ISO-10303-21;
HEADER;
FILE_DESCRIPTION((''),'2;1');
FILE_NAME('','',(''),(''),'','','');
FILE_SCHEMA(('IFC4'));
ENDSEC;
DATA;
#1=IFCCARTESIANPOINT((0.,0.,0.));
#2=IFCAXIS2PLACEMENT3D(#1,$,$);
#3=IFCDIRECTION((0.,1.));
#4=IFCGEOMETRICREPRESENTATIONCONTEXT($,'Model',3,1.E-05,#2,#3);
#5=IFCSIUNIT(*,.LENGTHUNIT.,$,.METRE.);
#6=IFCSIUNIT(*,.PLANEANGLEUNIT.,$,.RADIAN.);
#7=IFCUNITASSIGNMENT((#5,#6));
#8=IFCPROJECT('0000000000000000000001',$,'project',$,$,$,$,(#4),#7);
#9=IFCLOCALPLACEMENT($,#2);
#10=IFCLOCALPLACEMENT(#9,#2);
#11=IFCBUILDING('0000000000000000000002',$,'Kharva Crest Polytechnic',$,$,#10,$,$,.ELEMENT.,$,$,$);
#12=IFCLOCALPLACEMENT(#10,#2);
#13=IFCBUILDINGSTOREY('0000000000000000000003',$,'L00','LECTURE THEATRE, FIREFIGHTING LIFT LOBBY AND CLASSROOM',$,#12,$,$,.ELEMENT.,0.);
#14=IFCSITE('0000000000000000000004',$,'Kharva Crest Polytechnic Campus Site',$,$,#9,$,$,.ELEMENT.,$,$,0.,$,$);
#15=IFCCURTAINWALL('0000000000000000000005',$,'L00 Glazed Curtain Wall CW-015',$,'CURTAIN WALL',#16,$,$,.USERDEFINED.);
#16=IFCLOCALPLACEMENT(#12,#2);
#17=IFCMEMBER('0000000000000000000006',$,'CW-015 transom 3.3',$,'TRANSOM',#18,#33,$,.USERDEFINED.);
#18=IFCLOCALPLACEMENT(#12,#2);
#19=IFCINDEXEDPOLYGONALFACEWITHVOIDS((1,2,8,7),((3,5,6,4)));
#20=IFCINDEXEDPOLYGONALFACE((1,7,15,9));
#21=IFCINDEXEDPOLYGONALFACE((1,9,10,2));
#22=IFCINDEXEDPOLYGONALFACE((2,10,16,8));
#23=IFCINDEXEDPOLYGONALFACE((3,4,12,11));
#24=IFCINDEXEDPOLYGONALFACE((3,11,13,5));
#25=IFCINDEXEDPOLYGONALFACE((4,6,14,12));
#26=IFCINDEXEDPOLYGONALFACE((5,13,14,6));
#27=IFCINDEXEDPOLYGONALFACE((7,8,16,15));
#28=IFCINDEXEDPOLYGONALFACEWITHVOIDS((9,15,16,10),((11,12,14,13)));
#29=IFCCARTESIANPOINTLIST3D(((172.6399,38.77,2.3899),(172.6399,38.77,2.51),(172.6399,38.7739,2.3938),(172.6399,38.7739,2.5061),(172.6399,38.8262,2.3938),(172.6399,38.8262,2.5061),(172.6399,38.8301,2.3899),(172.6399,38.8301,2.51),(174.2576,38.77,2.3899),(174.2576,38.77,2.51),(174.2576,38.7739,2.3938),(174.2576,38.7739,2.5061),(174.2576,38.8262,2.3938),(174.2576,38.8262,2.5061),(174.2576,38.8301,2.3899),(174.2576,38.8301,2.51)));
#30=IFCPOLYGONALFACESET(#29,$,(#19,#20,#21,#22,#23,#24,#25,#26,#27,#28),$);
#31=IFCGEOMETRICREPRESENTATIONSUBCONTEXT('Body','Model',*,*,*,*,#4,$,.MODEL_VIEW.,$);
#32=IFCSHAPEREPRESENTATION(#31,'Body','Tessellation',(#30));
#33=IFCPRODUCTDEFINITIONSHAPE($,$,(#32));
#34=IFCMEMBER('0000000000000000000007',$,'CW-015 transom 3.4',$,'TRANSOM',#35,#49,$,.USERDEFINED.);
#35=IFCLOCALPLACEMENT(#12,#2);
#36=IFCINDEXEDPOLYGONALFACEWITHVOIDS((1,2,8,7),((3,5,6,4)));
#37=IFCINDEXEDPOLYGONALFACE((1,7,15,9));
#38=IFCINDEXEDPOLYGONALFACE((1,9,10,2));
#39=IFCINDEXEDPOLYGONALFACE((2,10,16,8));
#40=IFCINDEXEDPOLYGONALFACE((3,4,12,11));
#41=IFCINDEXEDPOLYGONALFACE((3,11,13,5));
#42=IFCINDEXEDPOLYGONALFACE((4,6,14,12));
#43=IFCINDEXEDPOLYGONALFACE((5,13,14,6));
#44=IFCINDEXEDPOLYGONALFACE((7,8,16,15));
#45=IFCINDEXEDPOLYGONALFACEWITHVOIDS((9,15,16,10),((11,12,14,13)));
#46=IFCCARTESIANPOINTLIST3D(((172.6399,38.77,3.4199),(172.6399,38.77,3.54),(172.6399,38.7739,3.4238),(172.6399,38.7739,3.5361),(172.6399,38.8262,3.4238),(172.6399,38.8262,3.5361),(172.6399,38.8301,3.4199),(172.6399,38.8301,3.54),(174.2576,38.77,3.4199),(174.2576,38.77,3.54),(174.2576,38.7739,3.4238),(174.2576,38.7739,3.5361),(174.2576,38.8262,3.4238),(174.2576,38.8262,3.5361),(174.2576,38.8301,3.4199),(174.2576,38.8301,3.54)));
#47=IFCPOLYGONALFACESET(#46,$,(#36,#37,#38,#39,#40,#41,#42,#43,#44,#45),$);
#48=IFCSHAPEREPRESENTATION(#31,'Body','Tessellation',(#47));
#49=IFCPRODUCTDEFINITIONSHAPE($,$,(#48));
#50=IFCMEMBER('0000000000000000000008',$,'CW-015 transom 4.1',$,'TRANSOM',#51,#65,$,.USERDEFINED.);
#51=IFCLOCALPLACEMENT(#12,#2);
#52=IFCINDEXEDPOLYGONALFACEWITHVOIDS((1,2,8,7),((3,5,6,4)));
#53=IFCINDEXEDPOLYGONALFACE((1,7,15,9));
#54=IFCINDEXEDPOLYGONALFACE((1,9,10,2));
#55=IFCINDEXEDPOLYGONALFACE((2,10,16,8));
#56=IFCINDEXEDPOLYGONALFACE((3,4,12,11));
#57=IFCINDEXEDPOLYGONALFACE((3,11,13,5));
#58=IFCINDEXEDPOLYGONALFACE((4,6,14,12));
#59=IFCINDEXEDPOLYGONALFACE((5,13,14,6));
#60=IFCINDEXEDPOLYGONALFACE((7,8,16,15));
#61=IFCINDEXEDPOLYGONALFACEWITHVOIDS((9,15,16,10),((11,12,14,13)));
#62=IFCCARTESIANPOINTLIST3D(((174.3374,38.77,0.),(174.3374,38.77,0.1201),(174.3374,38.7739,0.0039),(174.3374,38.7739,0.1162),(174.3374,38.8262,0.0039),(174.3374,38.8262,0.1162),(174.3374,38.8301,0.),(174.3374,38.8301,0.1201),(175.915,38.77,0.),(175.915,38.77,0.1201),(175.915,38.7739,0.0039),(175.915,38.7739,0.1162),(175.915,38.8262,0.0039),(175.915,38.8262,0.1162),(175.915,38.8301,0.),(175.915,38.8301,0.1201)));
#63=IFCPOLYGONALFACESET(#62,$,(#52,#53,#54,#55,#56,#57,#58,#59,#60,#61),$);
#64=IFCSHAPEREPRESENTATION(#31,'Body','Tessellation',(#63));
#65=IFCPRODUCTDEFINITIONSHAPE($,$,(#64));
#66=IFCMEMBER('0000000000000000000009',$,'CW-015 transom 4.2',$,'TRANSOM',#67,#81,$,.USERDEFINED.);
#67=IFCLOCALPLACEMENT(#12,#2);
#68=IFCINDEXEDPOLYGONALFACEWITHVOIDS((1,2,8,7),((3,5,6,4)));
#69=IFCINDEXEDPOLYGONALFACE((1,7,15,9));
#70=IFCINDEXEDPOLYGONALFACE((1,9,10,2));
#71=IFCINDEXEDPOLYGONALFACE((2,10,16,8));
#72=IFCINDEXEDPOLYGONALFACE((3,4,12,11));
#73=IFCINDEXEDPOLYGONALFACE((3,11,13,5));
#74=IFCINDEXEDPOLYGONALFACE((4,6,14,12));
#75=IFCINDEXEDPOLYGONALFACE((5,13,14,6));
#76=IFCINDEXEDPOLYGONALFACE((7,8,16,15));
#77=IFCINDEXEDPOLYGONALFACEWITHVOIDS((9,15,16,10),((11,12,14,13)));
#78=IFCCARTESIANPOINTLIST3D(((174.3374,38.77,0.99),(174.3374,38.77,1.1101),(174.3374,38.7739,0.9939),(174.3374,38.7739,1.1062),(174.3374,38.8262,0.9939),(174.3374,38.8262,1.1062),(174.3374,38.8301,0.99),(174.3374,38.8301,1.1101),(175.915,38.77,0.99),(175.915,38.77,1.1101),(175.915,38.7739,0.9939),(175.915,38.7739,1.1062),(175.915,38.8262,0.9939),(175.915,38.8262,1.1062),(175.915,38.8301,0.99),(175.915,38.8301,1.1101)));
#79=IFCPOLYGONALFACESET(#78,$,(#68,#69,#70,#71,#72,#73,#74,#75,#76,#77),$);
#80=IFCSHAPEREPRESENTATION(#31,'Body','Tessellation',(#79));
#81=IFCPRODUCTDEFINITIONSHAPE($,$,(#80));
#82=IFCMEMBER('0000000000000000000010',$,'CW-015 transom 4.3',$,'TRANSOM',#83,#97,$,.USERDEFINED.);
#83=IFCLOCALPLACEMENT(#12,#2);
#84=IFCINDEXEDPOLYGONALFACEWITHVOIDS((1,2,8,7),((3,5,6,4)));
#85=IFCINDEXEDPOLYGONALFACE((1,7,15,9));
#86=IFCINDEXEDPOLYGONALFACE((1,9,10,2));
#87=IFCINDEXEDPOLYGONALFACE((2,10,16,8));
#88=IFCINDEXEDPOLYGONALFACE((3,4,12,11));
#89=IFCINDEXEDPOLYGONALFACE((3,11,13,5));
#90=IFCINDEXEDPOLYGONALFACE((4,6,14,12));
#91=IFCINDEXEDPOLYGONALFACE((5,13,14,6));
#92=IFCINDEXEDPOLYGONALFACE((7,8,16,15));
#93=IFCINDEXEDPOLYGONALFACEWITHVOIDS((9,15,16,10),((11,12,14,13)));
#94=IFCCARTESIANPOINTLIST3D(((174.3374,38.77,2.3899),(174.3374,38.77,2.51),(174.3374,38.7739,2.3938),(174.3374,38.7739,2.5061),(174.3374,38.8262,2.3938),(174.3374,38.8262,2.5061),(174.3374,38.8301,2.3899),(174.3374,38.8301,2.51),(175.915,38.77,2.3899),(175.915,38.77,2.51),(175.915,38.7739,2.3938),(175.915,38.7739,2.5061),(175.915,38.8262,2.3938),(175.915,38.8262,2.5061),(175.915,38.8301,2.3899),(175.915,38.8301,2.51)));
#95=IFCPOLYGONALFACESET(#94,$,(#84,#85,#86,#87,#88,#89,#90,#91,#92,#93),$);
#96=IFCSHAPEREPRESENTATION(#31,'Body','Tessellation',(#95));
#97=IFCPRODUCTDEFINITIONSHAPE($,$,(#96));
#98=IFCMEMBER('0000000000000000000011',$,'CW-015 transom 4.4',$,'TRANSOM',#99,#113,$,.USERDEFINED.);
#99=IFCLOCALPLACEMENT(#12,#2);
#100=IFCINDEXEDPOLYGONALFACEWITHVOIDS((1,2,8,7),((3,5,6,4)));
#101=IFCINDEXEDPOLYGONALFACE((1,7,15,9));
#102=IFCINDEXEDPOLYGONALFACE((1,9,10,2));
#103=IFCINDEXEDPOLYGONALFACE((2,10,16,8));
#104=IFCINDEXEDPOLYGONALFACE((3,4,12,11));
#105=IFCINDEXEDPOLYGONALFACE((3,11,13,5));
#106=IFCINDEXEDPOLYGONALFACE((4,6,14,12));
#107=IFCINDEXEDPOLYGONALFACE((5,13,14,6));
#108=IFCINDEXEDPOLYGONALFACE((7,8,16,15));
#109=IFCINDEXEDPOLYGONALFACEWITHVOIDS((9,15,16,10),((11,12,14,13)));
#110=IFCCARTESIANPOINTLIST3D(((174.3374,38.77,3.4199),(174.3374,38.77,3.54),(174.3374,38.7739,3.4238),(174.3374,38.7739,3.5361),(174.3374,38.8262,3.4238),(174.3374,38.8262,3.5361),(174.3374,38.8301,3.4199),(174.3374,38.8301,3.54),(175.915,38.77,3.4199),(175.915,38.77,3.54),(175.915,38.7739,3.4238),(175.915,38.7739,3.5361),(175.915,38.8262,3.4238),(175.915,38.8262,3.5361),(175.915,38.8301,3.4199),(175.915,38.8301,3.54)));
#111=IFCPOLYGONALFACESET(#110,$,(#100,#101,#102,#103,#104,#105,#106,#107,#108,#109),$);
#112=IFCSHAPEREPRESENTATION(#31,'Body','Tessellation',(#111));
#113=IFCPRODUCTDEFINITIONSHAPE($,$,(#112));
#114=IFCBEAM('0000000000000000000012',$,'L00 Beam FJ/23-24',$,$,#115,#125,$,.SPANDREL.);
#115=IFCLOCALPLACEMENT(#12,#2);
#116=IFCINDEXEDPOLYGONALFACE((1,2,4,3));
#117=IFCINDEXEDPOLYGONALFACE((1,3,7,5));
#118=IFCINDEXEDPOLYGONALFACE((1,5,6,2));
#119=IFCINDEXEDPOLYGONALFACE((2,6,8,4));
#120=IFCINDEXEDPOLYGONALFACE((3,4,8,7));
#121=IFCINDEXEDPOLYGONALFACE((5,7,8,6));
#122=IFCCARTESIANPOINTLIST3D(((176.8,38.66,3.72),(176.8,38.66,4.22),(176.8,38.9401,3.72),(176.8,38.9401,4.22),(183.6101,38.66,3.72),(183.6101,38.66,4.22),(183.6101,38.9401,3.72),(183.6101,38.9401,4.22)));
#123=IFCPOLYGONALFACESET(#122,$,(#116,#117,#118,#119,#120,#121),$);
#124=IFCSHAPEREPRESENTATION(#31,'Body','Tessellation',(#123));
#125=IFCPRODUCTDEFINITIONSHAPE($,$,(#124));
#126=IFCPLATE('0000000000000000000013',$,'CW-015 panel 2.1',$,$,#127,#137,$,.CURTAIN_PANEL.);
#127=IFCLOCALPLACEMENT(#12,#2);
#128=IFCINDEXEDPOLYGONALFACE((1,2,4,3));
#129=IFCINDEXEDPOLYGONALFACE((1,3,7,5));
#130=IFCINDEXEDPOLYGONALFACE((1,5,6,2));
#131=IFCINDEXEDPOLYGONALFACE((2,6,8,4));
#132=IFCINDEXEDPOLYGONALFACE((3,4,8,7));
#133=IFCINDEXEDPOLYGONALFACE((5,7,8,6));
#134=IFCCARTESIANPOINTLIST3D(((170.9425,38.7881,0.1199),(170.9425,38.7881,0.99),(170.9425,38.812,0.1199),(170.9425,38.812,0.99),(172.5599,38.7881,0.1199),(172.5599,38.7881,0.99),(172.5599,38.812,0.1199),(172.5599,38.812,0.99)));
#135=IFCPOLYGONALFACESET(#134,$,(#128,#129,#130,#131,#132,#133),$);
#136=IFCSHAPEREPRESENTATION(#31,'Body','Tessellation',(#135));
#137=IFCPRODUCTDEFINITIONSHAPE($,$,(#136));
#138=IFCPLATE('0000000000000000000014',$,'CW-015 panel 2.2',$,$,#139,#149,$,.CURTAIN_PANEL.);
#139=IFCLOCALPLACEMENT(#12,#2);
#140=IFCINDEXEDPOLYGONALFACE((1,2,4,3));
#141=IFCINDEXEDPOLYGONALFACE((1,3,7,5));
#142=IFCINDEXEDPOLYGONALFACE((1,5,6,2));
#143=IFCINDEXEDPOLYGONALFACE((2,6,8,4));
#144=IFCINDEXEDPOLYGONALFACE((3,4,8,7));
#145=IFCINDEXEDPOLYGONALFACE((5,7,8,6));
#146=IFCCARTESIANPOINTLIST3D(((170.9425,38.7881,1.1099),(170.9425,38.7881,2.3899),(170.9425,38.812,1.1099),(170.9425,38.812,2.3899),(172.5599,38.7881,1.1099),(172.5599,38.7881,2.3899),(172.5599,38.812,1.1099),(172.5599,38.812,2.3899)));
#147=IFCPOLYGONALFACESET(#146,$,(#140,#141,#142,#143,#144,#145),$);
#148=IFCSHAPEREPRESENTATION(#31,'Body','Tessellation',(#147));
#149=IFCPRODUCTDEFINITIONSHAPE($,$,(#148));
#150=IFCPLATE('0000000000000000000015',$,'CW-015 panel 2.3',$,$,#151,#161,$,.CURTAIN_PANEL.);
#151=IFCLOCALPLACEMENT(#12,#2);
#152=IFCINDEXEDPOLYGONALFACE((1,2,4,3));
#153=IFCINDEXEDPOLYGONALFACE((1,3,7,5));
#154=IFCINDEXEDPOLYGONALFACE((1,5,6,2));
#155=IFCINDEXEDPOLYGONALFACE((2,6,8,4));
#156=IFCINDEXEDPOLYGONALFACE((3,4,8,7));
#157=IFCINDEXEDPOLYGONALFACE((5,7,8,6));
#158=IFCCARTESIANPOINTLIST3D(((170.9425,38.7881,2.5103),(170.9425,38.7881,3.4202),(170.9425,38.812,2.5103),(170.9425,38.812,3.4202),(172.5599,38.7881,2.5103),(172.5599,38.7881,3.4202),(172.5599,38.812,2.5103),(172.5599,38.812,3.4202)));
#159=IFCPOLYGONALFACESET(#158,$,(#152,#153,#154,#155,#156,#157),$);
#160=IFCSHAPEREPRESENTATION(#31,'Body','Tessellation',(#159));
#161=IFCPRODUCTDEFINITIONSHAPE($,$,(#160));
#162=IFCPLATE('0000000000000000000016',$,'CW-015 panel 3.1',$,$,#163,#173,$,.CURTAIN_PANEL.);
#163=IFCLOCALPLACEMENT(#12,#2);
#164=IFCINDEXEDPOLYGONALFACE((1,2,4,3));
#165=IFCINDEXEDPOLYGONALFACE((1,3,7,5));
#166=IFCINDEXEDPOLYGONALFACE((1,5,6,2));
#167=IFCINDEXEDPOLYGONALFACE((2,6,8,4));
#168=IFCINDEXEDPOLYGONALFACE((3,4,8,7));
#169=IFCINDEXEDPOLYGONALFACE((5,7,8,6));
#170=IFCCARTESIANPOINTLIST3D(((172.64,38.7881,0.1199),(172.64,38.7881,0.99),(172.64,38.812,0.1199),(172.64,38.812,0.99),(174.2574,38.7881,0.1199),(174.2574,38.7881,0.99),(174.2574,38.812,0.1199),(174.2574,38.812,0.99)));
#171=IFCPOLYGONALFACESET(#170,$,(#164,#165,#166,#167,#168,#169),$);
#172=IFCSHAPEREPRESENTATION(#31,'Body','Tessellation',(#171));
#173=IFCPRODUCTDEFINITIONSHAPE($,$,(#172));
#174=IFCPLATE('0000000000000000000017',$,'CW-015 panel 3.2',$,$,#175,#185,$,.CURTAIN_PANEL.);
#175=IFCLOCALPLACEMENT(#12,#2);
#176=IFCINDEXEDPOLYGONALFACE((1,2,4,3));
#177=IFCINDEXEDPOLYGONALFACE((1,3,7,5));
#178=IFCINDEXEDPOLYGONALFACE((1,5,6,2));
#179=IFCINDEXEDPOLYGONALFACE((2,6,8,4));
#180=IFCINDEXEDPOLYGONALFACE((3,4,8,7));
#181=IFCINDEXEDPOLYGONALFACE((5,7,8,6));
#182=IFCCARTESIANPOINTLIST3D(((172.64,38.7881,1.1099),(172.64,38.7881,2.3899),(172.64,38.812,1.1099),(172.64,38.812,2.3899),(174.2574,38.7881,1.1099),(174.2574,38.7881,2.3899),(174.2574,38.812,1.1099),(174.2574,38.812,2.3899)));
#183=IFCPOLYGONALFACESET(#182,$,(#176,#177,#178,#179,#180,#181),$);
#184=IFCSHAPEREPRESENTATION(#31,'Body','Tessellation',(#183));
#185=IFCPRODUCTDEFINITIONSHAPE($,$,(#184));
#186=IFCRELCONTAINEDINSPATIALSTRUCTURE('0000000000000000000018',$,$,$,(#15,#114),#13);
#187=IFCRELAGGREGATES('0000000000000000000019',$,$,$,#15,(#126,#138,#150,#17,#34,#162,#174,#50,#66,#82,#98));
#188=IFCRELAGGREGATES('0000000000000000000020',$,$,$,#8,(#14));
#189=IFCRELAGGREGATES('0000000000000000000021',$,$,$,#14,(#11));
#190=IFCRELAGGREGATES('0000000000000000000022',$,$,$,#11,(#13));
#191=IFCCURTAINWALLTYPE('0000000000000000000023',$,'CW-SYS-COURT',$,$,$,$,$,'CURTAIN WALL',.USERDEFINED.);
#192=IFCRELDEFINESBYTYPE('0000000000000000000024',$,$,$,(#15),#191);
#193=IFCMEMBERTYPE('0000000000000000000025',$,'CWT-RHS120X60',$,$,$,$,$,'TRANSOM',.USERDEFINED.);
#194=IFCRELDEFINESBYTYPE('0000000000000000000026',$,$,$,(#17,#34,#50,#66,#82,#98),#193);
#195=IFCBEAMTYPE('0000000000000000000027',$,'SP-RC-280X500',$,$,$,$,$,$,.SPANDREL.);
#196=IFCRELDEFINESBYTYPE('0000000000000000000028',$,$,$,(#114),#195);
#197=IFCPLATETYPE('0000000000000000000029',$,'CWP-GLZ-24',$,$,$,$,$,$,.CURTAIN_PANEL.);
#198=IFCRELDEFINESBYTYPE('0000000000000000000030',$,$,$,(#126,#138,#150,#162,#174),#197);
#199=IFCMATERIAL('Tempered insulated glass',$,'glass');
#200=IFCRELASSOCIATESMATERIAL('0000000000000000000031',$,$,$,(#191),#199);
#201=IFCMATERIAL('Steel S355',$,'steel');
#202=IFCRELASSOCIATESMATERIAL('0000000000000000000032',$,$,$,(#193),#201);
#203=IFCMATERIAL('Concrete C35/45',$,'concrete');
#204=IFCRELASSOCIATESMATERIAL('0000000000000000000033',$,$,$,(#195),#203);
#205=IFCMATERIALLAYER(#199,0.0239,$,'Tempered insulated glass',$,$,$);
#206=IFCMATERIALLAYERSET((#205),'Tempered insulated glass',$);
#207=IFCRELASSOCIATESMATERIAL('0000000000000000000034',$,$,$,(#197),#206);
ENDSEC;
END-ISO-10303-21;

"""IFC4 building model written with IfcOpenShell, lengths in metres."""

from ifc_helpers import new_model, si_unit, direction, frame, origin, origin_2d, place, context, subcontext, project, spatial, rectangle, hollow_rectangle, extrude, material, layer, layer_set, material_profile, profile_set, type_object, element, aggregate, save


model = new_model("IFC4")

# Units and contexts
model_context = context("Model", 3, precision=1e-05, world=origin(), true_north=direction((0.0, 1.0)))
body_context = subcontext(model_context, "Body", "Model", "MODEL_VIEW")
ifc_project = project(units=[si_unit("LENGTHUNIT", "METRE"), si_unit("PLANEANGLEUNIT", "RADIAN")], contexts=[model_context])

# Site, building, storey
site_placement = place(None, origin())
site = spatial("IfcSite", under=ifc_project, at=site_placement, Name="Kharva Crest Polytechnic Campus Site", CompositionType="ELEMENT", RefElevation=0.0)
building_placement = place(site_placement, origin())
building = spatial("IfcBuilding", under=site, at=building_placement, Name="Kharva Crest Polytechnic", CompositionType="ELEMENT")
storey_placement = place(building_placement, origin())
storey = spatial("IfcBuildingStorey", under=building, at=storey_placement, Name="L00", Description="LECTURE THEATRE, FIREFIGHTING LIFT LOBBY AND CLASSROOM", CompositionType="ELEMENT", Elevation=0.0)

# Shared definitions
ifc_material_1 = material(Name="Concrete C35/45", Category="concrete")

# Curtain wall, members
ifc_material_2 = material(Name="Tempered insulated glass", Category="glass")
curtain_wall_type = type_object("IfcCurtainWallType", Name="CW-SYS-COURT", ElementType="CURTAIN WALL", PredefinedType="USERDEFINED", material=ifc_material_2)
curtain_wall_placement = place(storey_placement, origin())
curtain_wall = element("IfcCurtainWall", 1, at=curtain_wall_placement, inside=storey, type_object=curtain_wall_type, Name="L00 Glazed Curtain Wall CW-015", ObjectType="CURTAIN WALL", PredefinedType="USERDEFINED")
ifc_material_3 = material(Name="Steel S355", Category="steel")
ifc_material_profile_1 = material_profile(ifc_material_3, hollow_rectangle(XDim=0.0601, YDim=0.1201, WallThickness=0.0039, at=origin_2d()), Name="RHS 120X60X4.0")
ifc_profile_set_1 = profile_set([ifc_material_profile_1], Name="Steel S355")
member_type_1 = type_object("IfcMemberType", Name="CWT-RHS120X60", ElementType="TRANSOM", PredefinedType="USERDEFINED", material=ifc_profile_set_1)
member_1_placement = place(storey_placement, frame((172.6399, 38.8, 2.45), z_axis=(1.0, 0.0, 0.0), x_axis=(0.0, 1.0, 0.0)))
member_1 = element("IfcMember", 2, at=member_1_placement, type_object=member_type_1, Name="CW-015 transom 3.3", ObjectType="TRANSOM", PredefinedType="USERDEFINED", context=body_context, shape_type="SweptSolid", body=[
    extrude(hollow_rectangle(XDim=0.0601, YDim=0.1201, WallThickness=0.0039, at=origin_2d()), origin(), (0.0, 0.0, 1.0), 1.6177),
])
member_2_placement = place(storey_placement, frame((172.6399, 38.8, 3.48), z_axis=(1.0, 0.0, 0.0), x_axis=(0.0, 1.0, 0.0)))
member_2 = element("IfcMember", 3, at=member_2_placement, type_object=member_type_1, Name="CW-015 transom 3.4", ObjectType="TRANSOM", PredefinedType="USERDEFINED", context=body_context, shape_type="SweptSolid", body=[
    extrude(hollow_rectangle(XDim=0.0601, YDim=0.1201, WallThickness=0.0039, at=origin_2d()), origin(), (0.0, 0.0, 1.0), 1.6177),
])
member_3_placement = place(storey_placement, frame((174.3374, 38.8, 0.0601), z_axis=(1.0, 0.0, 0.0), x_axis=(0.0, 1.0, 0.0)))
member_3 = element("IfcMember", 4, at=member_3_placement, type_object=member_type_1, Name="CW-015 transom 4.1", ObjectType="TRANSOM", PredefinedType="USERDEFINED", context=body_context, shape_type="SweptSolid", body=[
    extrude(hollow_rectangle(XDim=0.0601, YDim=0.1201, WallThickness=0.0039, at=origin_2d()), origin(), (0.0, 0.0, 1.0), 1.5776),
])
member_4_placement = place(storey_placement, frame((174.3374, 38.8, 1.05), z_axis=(1.0, 0.0, 0.0), x_axis=(0.0, 1.0, 0.0)))
member_4 = element("IfcMember", 5, at=member_4_placement, type_object=member_type_1, Name="CW-015 transom 4.2", ObjectType="TRANSOM", PredefinedType="USERDEFINED", context=body_context, shape_type="SweptSolid", body=[
    extrude(hollow_rectangle(XDim=0.0601, YDim=0.1201, WallThickness=0.0039, at=origin_2d()), origin(), (0.0, 0.0, 1.0), 1.5776),
])
member_5_placement = place(storey_placement, frame((174.3374, 38.8, 2.45), z_axis=(1.0, 0.0, 0.0), x_axis=(0.0, 1.0, 0.0)))
member_5 = element("IfcMember", 6, at=member_5_placement, type_object=member_type_1, Name="CW-015 transom 4.3", ObjectType="TRANSOM", PredefinedType="USERDEFINED", context=body_context, shape_type="SweptSolid", body=[
    extrude(hollow_rectangle(XDim=0.0601, YDim=0.1201, WallThickness=0.0039, at=origin_2d()), origin(), (0.0, 0.0, 1.0), 1.5776),
])
member_6_placement = place(storey_placement, frame((174.3374, 38.8, 3.48), z_axis=(1.0, 0.0, 0.0), x_axis=(0.0, 1.0, 0.0)))
member_6 = element("IfcMember", 7, at=member_6_placement, type_object=member_type_1, Name="CW-015 transom 4.4", ObjectType="TRANSOM", PredefinedType="USERDEFINED", context=body_context, shape_type="SweptSolid", body=[
    extrude(hollow_rectangle(XDim=0.0601, YDim=0.1201, WallThickness=0.0039, at=origin_2d()), origin(), (0.0, 0.0, 1.0), 1.5776),
])

# Beam
ifc_material_profile_2 = material_profile(ifc_material_1, rectangle(XDim=0.28, YDim=0.5, at=origin_2d()), Name="RECT 280 X 500")
ifc_profile_set_2 = profile_set([ifc_material_profile_2], Name="Concrete C35/45")
beam_type = type_object("IfcBeamType", Name="SP-RC-280X500", PredefinedType="SPANDREL", material=ifc_profile_set_2)
beam_placement = place(storey_placement, frame((176.8, 38.8, 3.97), z_axis=(1.0, 0.0, 0.0), x_axis=(0.0, 1.0, 0.0)))
element("IfcBeam", 8, at=beam_placement, inside=storey, type_object=beam_type, Name="L00 Beam FJ/23-24", PredefinedType="SPANDREL", context=body_context, shape_type="SweptSolid", body=[
    extrude(rectangle(XDim=0.28, YDim=0.5, at=origin_2d()), origin(), (0.0, 0.0, 1.0), 6.8101),
])

# Plates
ifc_layer_1 = layer(ifc_material_2, 0.0239, Name="Tempered insulated glass")
ifc_layer_set_1 = layer_set([ifc_layer_1], Name="Tempered insulated glass")
plate_type = type_object("IfcPlateType", Name="CWP-GLZ-24", PredefinedType="CURTAIN_PANEL", material=ifc_layer_set_1)
plate_1_placement = place(storey_placement, frame((171.7512, 38.8, 0.1199), z_axis=(0.0, 0.0, 1.0), x_axis=(1.0, 0.0, 0.0)))
plate_1 = element("IfcPlate", 9, at=plate_1_placement, type_object=plate_type, Name="CW-015 panel 2.1", PredefinedType="CURTAIN_PANEL", context=body_context, shape_type="SweptSolid", body=[
    extrude(rectangle(XDim=1.6174, YDim=0.0239, at=origin_2d()), origin(), (0.0, 0.0, 1.0), 0.8701),
])
plate_2_placement = place(storey_placement, frame((171.7512, 38.8, 1.1099), z_axis=(0.0, 0.0, 1.0), x_axis=(1.0, 0.0, 0.0)))
plate_2 = element("IfcPlate", 10, at=plate_2_placement, type_object=plate_type, Name="CW-015 panel 2.2", PredefinedType="CURTAIN_PANEL", context=body_context, shape_type="SweptSolid", body=[
    extrude(rectangle(XDim=1.6174, YDim=0.0239, at=origin_2d()), origin(), (0.0, 0.0, 1.0), 1.28),
])
plate_3_placement = place(storey_placement, frame((171.7512, 38.8, 2.5103), z_axis=(0.0, 0.0, 1.0), x_axis=(1.0, 0.0, 0.0)))
plate_3 = element("IfcPlate", 11, at=plate_3_placement, type_object=plate_type, Name="CW-015 panel 2.3", PredefinedType="CURTAIN_PANEL", context=body_context, shape_type="SweptSolid", body=[
    extrude(rectangle(XDim=1.6174, YDim=0.0239, at=origin_2d()), origin(), (0.0, 0.0, 1.0), 0.9099),
])
plate_4_placement = place(storey_placement, frame((173.4487, 38.8, 0.1199), z_axis=(0.0, 0.0, 1.0), x_axis=(1.0, 0.0, 0.0)))
plate_4 = element("IfcPlate", 12, at=plate_4_placement, type_object=plate_type, Name="CW-015 panel 3.1", PredefinedType="CURTAIN_PANEL", context=body_context, shape_type="SweptSolid", body=[
    extrude(rectangle(XDim=1.6174, YDim=0.0239, at=origin_2d()), origin(), (0.0, 0.0, 1.0), 0.8701),
])
plate_5_placement = place(storey_placement, frame((173.4487, 38.8, 1.1099), z_axis=(0.0, 0.0, 1.0), x_axis=(1.0, 0.0, 0.0)))
plate_5 = element("IfcPlate", 13, at=plate_5_placement, type_object=plate_type, Name="CW-015 panel 3.2", PredefinedType="CURTAIN_PANEL", context=body_context, shape_type="SweptSolid", body=[
    extrude(rectangle(XDim=1.6174, YDim=0.0239, at=origin_2d()), origin(), (0.0, 0.0, 1.0), 1.28),
])
aggregate(curtain_wall, [plate_1, plate_2, plate_3, member_1, member_2, plate_4, plate_5, member_3, member_4, member_5, member_6])

save(model, "model.ifc")
